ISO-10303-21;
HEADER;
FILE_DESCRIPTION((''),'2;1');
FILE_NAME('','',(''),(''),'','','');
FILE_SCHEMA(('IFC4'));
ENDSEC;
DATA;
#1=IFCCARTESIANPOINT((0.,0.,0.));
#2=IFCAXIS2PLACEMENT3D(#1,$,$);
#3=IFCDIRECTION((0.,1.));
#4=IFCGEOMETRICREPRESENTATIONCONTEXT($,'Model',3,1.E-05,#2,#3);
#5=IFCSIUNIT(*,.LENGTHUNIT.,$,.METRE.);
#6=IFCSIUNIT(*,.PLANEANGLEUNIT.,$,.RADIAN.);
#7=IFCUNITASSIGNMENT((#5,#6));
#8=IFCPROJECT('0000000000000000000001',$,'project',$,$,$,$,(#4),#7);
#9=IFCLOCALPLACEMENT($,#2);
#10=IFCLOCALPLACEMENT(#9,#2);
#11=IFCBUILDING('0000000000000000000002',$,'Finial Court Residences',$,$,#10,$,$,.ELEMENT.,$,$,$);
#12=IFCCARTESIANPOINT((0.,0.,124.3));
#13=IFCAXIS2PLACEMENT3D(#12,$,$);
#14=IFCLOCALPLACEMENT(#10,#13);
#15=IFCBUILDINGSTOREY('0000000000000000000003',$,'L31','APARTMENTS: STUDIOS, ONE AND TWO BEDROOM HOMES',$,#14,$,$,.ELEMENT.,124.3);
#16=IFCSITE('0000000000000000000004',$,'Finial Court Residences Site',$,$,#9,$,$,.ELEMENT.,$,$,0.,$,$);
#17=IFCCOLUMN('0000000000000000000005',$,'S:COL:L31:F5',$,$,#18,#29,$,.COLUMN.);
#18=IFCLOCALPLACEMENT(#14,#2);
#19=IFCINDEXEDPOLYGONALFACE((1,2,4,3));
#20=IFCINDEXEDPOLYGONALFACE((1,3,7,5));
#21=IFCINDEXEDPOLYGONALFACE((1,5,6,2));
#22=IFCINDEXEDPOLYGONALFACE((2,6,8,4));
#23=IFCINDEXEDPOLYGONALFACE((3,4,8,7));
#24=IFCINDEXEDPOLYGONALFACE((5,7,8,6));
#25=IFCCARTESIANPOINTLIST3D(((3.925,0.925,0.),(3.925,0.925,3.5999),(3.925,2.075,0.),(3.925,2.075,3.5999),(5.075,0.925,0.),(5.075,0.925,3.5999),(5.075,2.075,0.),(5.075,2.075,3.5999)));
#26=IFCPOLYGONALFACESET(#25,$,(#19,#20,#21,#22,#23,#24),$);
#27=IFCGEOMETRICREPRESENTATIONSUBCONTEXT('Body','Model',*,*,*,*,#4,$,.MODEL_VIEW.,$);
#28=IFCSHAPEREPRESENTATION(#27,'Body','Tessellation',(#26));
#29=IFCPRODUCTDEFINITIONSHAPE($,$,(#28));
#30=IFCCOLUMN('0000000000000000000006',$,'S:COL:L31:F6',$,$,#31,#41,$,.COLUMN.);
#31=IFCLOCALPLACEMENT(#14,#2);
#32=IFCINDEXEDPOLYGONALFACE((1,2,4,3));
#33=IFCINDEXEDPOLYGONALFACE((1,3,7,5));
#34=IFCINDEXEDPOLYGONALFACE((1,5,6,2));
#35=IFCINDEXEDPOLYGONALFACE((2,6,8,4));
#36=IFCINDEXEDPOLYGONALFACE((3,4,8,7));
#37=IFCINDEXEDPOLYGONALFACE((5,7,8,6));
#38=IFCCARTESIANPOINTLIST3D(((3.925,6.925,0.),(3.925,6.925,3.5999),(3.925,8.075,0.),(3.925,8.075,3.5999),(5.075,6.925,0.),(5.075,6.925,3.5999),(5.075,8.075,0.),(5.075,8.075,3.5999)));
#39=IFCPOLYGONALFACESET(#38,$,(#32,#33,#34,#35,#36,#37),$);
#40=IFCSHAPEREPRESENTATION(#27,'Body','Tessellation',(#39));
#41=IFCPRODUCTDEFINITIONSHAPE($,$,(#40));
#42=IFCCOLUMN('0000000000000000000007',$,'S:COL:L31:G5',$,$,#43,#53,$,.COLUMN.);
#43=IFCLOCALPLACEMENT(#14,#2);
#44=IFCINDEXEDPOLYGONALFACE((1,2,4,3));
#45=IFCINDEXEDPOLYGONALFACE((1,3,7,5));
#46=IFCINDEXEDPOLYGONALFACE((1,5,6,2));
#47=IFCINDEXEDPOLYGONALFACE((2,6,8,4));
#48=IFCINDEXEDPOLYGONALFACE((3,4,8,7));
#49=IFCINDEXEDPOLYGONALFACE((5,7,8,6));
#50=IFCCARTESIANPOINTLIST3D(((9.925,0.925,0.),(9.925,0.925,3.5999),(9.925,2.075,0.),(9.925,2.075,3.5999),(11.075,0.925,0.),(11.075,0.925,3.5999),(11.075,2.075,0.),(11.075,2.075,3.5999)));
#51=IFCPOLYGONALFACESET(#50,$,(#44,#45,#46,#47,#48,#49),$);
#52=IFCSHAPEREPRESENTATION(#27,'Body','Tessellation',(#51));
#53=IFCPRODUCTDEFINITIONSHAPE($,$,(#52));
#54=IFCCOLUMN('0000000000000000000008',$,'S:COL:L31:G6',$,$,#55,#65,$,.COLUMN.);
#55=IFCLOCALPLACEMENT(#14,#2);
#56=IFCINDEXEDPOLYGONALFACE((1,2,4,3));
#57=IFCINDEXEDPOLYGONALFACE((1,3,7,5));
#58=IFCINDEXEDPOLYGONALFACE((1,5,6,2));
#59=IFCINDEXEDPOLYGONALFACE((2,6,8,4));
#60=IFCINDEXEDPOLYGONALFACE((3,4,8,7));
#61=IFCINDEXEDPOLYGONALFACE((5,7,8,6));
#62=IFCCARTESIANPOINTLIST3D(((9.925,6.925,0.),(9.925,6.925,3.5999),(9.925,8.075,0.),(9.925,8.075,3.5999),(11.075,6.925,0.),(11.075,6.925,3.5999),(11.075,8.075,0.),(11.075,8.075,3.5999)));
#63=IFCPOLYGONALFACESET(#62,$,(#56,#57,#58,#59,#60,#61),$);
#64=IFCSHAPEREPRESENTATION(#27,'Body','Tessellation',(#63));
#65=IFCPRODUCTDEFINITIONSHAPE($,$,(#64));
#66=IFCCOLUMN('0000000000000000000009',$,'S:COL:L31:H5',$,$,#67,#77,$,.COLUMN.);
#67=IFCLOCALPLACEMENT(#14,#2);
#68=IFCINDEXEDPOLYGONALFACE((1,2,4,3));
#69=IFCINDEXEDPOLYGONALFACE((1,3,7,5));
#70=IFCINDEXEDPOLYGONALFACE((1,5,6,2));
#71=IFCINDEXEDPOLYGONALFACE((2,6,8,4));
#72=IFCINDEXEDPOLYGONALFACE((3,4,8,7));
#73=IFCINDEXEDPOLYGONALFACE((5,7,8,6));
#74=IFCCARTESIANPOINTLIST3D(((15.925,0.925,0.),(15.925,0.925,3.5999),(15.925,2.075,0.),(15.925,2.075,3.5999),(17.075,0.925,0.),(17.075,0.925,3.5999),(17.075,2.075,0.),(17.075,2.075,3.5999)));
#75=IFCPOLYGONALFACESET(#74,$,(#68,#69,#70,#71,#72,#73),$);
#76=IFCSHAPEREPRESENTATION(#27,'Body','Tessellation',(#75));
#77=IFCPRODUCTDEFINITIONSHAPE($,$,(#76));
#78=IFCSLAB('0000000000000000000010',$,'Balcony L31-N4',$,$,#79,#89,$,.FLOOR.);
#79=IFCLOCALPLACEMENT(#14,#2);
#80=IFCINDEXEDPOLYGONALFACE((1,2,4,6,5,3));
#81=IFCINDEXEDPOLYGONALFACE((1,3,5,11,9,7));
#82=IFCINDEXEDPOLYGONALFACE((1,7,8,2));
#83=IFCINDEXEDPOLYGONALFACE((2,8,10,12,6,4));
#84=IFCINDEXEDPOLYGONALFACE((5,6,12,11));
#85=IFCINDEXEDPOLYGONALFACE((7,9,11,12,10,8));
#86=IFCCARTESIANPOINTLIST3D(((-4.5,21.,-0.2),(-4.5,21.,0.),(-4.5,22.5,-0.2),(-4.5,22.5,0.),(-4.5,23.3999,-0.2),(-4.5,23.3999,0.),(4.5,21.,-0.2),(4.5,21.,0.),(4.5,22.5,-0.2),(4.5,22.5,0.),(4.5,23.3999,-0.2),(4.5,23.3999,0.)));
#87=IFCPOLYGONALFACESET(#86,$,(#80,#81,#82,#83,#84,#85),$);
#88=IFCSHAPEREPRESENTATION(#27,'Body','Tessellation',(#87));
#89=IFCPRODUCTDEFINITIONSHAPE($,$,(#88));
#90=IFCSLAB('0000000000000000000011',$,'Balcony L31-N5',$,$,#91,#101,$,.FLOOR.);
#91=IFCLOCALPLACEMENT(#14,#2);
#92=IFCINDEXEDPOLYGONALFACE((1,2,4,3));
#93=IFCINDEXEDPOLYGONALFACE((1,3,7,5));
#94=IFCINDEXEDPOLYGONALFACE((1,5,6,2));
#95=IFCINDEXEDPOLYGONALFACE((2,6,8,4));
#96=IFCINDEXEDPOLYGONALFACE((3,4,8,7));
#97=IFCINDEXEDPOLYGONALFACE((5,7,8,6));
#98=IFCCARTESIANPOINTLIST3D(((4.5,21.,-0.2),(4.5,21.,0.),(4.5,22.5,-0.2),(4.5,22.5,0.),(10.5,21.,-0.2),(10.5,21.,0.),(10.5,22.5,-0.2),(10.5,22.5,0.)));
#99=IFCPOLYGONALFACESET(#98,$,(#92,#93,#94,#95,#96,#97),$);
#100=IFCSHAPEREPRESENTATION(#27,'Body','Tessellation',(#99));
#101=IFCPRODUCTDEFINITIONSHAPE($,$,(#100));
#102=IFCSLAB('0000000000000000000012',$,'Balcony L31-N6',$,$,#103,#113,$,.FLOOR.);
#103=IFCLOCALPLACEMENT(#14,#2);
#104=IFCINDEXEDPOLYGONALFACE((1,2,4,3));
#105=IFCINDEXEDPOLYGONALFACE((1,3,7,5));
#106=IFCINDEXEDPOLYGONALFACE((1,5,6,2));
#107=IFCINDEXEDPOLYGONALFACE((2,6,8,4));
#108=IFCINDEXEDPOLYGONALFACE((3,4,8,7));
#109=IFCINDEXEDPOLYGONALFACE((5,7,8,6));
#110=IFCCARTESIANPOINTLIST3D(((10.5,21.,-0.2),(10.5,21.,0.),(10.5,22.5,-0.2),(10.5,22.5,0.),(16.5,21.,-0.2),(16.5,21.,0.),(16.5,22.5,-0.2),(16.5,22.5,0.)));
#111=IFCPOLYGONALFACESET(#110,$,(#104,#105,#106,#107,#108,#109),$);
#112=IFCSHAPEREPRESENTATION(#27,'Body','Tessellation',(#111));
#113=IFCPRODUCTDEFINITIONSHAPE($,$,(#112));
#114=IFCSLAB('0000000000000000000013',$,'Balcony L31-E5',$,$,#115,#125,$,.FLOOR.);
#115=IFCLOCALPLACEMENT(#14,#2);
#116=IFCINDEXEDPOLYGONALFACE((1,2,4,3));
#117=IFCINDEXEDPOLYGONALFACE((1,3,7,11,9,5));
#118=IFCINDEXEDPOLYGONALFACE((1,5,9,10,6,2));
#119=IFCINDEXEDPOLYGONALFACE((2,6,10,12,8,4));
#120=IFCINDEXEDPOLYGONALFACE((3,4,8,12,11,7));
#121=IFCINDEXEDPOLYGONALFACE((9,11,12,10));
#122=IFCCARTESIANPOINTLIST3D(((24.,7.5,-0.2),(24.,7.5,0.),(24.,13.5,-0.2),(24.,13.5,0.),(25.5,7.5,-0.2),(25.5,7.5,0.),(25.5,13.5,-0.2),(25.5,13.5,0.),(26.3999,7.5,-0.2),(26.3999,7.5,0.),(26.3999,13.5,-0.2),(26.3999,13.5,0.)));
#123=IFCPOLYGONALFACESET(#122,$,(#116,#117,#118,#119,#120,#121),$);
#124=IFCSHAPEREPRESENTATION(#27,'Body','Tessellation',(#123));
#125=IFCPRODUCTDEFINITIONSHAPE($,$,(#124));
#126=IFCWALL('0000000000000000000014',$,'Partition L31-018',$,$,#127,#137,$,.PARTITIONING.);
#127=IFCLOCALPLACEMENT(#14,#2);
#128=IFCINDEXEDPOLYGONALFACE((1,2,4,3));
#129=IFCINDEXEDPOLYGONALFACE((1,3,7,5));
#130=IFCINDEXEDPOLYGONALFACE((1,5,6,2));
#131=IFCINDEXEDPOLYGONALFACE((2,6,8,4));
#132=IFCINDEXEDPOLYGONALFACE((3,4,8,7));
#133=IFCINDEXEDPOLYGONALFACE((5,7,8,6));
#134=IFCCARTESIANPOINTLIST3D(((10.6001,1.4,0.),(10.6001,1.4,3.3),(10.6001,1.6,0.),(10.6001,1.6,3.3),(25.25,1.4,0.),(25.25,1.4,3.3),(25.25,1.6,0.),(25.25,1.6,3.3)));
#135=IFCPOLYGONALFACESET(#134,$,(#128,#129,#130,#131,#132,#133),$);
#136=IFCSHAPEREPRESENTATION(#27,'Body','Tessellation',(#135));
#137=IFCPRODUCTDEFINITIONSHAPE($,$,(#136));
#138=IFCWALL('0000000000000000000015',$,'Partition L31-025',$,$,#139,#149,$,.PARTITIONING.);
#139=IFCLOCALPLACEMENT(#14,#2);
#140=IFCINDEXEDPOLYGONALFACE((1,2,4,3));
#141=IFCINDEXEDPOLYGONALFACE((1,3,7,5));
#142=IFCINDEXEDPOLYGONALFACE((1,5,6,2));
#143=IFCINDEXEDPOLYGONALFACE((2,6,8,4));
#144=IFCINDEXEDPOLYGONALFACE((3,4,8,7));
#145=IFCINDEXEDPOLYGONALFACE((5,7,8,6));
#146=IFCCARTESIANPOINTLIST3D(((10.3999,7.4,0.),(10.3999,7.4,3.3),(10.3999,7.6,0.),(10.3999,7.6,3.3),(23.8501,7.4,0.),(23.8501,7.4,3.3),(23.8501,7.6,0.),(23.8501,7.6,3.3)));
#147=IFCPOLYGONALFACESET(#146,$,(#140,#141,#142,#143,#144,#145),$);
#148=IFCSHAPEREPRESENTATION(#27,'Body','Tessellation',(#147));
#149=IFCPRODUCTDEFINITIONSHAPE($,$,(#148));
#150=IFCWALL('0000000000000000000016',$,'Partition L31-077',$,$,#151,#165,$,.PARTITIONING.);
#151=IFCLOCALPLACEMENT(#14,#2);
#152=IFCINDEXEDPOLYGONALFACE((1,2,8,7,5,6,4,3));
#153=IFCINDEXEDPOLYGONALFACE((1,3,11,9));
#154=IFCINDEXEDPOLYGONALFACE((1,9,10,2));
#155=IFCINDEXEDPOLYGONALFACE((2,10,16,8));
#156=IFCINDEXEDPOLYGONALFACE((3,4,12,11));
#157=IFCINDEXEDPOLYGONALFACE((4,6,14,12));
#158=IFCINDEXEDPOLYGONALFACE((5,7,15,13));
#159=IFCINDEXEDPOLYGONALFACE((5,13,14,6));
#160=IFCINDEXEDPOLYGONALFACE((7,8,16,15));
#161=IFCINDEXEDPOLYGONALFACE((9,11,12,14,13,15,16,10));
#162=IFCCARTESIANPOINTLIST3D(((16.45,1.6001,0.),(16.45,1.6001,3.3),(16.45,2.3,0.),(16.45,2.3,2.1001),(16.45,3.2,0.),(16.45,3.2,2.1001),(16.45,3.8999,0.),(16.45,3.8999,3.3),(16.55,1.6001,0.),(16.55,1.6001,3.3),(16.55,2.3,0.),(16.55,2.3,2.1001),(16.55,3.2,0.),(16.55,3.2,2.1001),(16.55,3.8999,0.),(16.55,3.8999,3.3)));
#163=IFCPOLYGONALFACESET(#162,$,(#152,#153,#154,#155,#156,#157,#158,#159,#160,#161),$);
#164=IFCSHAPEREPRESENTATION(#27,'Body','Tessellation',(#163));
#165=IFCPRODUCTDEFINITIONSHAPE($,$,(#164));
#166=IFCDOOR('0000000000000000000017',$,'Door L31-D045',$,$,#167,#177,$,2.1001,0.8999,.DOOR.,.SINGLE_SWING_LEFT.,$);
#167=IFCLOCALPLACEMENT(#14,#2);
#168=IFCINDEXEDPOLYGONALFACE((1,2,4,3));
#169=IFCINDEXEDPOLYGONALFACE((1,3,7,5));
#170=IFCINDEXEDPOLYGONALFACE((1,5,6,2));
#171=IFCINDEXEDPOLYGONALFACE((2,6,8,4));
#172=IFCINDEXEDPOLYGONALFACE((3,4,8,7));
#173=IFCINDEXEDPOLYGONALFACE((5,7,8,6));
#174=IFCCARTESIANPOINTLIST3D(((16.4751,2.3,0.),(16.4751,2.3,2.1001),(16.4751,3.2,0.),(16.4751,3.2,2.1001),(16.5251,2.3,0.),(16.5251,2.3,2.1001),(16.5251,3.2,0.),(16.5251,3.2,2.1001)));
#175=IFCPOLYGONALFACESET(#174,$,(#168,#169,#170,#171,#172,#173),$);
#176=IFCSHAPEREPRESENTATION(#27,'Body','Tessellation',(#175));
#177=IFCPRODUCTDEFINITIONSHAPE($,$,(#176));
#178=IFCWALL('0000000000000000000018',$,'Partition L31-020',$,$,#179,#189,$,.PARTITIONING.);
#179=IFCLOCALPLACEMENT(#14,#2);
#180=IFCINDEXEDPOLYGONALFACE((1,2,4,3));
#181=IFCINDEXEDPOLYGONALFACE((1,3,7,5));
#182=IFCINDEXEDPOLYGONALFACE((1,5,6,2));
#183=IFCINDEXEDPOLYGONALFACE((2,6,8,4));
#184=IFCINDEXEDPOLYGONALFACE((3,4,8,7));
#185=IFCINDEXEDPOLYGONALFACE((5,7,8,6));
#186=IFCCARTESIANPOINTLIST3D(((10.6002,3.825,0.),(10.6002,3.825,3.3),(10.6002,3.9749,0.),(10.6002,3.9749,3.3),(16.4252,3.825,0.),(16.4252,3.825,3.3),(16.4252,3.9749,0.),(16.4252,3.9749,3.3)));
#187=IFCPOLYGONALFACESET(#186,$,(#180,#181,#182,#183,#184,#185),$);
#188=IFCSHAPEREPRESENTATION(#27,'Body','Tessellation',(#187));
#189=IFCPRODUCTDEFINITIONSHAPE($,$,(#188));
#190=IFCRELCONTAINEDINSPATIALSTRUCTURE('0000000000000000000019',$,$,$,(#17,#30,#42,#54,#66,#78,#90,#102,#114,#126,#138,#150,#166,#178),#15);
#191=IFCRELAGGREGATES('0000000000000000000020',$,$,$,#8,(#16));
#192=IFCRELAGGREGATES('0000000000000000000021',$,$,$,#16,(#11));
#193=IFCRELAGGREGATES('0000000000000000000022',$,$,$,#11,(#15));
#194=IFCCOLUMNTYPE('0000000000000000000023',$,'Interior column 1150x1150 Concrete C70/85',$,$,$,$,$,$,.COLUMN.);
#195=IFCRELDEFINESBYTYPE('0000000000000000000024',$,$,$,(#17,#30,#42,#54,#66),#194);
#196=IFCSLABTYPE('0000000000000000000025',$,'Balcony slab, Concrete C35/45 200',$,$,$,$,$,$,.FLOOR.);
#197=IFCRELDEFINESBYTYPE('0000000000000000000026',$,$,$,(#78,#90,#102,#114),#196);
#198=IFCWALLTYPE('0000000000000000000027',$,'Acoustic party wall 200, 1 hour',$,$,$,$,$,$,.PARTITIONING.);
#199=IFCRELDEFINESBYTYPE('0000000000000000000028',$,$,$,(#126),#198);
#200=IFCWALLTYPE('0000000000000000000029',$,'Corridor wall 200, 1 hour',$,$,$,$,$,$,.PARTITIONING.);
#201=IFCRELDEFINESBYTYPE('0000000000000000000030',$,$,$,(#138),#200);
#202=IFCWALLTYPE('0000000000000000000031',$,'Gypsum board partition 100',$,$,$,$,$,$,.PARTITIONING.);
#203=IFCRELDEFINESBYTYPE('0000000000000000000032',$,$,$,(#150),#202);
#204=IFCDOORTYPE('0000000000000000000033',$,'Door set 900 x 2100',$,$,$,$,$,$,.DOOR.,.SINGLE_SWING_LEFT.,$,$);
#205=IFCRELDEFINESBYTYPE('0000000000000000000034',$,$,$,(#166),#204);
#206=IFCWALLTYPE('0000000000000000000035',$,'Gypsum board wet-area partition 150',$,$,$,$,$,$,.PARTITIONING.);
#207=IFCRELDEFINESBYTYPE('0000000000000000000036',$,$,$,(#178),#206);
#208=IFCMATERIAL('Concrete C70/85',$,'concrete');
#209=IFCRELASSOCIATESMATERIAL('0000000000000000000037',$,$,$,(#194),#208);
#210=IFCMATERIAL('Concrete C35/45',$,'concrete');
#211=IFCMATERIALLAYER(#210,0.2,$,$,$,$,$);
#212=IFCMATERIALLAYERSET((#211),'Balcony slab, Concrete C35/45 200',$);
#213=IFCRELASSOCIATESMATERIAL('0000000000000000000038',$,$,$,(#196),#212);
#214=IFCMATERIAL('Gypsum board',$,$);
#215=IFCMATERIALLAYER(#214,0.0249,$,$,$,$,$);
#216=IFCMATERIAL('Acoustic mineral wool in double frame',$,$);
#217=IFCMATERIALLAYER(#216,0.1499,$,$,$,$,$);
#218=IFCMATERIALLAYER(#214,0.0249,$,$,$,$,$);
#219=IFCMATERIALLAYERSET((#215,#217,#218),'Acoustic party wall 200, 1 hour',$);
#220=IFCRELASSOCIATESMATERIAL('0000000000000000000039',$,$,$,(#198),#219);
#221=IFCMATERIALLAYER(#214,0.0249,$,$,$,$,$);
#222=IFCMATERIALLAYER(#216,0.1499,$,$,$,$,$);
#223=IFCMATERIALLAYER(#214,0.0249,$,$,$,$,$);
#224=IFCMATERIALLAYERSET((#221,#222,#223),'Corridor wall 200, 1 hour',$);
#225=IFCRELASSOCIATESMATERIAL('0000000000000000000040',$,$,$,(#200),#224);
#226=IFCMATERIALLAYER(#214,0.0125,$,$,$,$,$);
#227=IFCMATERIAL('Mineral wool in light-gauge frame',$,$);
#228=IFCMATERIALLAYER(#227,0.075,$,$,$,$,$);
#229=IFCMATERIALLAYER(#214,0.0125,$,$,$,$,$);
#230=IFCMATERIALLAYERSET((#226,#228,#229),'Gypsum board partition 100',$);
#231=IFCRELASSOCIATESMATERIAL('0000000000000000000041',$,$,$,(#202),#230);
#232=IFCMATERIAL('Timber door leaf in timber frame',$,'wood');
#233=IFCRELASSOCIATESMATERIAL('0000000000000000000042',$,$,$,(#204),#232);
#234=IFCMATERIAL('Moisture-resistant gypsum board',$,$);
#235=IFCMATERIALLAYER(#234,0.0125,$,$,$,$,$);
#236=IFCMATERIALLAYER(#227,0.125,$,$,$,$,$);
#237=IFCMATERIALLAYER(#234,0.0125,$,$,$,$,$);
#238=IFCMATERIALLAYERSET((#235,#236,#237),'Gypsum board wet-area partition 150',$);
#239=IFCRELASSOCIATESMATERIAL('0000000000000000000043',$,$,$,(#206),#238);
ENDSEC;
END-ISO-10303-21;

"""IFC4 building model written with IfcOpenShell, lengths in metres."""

from ifc_helpers import new_model, si_unit, direction, frame, frame_2d, origin, origin_2d, place, context, subcontext, project, spatial, polyline, rectangle, outline, extrude, material, layer, layer_set, material_profile, profile_set, type_object, element, fill, save


model = new_model("IFC4")

# Units and contexts
model_context = context("Model", 3, precision=1e-05, world=origin(), true_north=direction((0.0, 1.0)))
body_context = subcontext(model_context, "Body", "Model", "MODEL_VIEW")
ifc_project = project(units=[si_unit("LENGTHUNIT", "METRE"), si_unit("PLANEANGLEUNIT", "RADIAN")], contexts=[model_context])

# Site, building, storey
site_placement = place(None, origin())
site = spatial("IfcSite", under=ifc_project, at=site_placement, Name="Finial Court Residences Site", CompositionType="ELEMENT", RefElevation=0.0)
building_placement = place(site_placement, origin())
building = spatial("IfcBuilding", under=site, at=building_placement, Name="Finial Court Residences", CompositionType="ELEMENT")
storey_placement = place(building_placement, frame((0.0, 0.0, 124.3)))
storey = spatial("IfcBuildingStorey", under=building, at=storey_placement, Name="L31", Description="APARTMENTS: STUDIOS, ONE AND TWO BEDROOM HOMES", CompositionType="ELEMENT", Elevation=124.3)

# Columns
ifc_material_1 = material(Name="Concrete C70/85", Category="concrete")
ifc_material_profile = material_profile(ifc_material_1, rectangle(XDim=1.1499, YDim=1.1499, at=origin_2d()), Name="1150x1150")
ifc_profile_set = profile_set([ifc_material_profile], Name="Concrete C70/85")
column_type = type_object("IfcColumnType", Name="Interior column 1150x1150 Concrete C70/85", PredefinedType="COLUMN", material=ifc_profile_set)
for number, where, z_axis, x_axis, name in (
    (1, (4.5, 1.5, 0.0), (0.0, 0.0, 1.0), (1.0, 0.0, 0.0), "S:COL:L31:F5"),
    (2, (4.5, 7.5, 0.0), (0.0, 0.0, 1.0), (1.0, 0.0, 0.0), "S:COL:L31:F6"),
    (3, (10.5, 1.5, 0.0), (0.0, 0.0, 1.0), (1.0, 0.0, 0.0), "S:COL:L31:G5"),
    (4, (10.5, 7.5, 0.0), (0.0, 0.0, 1.0), (1.0, 0.0, 0.0), "S:COL:L31:G6"),
    (5, (16.5, 1.5, 0.0), (0.0, 0.0, 1.0), (1.0, 0.0, 0.0), "S:COL:L31:H5"),
):
    element("IfcColumn", number, at=place(storey_placement, frame(where, z_axis=z_axis, x_axis=x_axis)), inside=storey, type_object=column_type, Name=name, PredefinedType="COLUMN", context=body_context, shape_type="SweptSolid", body=[
        extrude(rectangle(XDim=1.1499, YDim=1.1499, at=origin_2d()), origin(), (0.0, 0.0, 1.0), 3.5999),
    ])

# Slabs
ifc_material_2 = material(Name="Concrete C35/45", Category="concrete")
ifc_layer_1 = layer(ifc_material_2, 0.2)
ifc_layer_set_1 = layer_set([ifc_layer_1], Name="Balcony slab, Concrete C35/45 200")
slab_type = type_object("IfcSlabType", Name="Balcony slab, Concrete C35/45 200", PredefinedType="FLOOR", material=ifc_layer_set_1)
slab_1_placement = place(storey_placement, frame((0.0, 0.0, -0.2)))
element("IfcSlab", 6, at=slab_1_placement, inside=storey, type_object=slab_type, Name="Balcony L31-N4", PredefinedType="FLOOR", context=body_context, shape_type="SweptSolid", body=[
    extrude(outline(polyline([(-4.5, 22.5), (-4.5, 23.3999), (4.5, 23.3999), (4.5, 22.5), (4.5, 21.0), (-4.5, 21.0), (-4.5, 22.5)])), origin(), (0.0, 0.0, 1.0), 0.2),
])
slab_2_placement = place(storey_placement, frame((0.0, 0.0, -0.2)))
element("IfcSlab", 7, at=slab_2_placement, inside=storey, type_object=slab_type, Name="Balcony L31-N5", PredefinedType="FLOOR", context=body_context, shape_type="SweptSolid", body=[
    extrude(outline(polyline([(10.5, 21.0), (10.5, 22.5), (4.5, 22.5), (4.5, 21.0), (10.5, 21.0)])), origin(), (0.0, 0.0, 1.0), 0.2),
])
slab_3_placement = place(storey_placement, frame((0.0, 0.0, -0.2)))
element("IfcSlab", 8, at=slab_3_placement, inside=storey, type_object=slab_type, Name="Balcony L31-N6", PredefinedType="FLOOR", context=body_context, shape_type="SweptSolid", body=[
    extrude(outline(polyline([(16.5, 21.0), (16.5, 22.5), (10.5, 22.5), (10.5, 21.0), (16.5, 21.0)])), origin(), (0.0, 0.0, 1.0), 0.2),
])
slab_4_placement = place(storey_placement, frame((0.0, 0.0, -0.2)))
element("IfcSlab", 9, at=slab_4_placement, inside=storey, type_object=slab_type, Name="Balcony L31-E5", PredefinedType="FLOOR", context=body_context, shape_type="SweptSolid", body=[
    extrude(outline(polyline([(24.0, 13.5), (25.5, 13.5), (26.3999, 13.5), (26.3999, 7.5), (25.5, 7.5), (24.0, 7.5), (24.0, 13.5)])), origin(), (0.0, 0.0, 1.0), 0.2),
])

# Walls
ifc_material_3 = material(Name="Gypsum board")
ifc_layer_2 = layer(ifc_material_3, 0.0249)
ifc_material_4 = material(Name="Acoustic mineral wool in double frame")
ifc_layer_3 = layer(ifc_material_4, 0.1499)
ifc_layer_4 = layer(ifc_material_3, 0.0249)
ifc_layer_set_2 = layer_set([ifc_layer_2, ifc_layer_3, ifc_layer_4], Name="Acoustic party wall 200, 1 hour")
wall_type_1 = type_object("IfcWallType", Name="Acoustic party wall 200, 1 hour", PredefinedType="PARTITIONING", material=ifc_layer_set_2)
wall_1_placement = place(storey_placement, frame((10.6001, 1.5, 0.0), z_axis=(0.0, 0.0, 1.0), x_axis=(1.0, 0.0, 0.0)))
element("IfcWall", 10, at=wall_1_placement, inside=storey, type_object=wall_type_1, Name="Partition L31-018", PredefinedType="PARTITIONING", context=body_context, shape_type="SweptSolid", body=[
    extrude(rectangle(XDim=14.6499, YDim=0.2, at=frame_2d((7.325, 0.0))), origin(), (0.0, 0.0, 1.0), 3.3),
])
ifc_layer_5 = layer(ifc_material_3, 0.0249)
ifc_layer_6 = layer(ifc_material_4, 0.1499)
ifc_layer_7 = layer(ifc_material_3, 0.0249)
ifc_layer_set_3 = layer_set([ifc_layer_5, ifc_layer_6, ifc_layer_7], Name="Corridor wall 200, 1 hour")
wall_type_2 = type_object("IfcWallType", Name="Corridor wall 200, 1 hour", PredefinedType="PARTITIONING", material=ifc_layer_set_3)
wall_2_placement = place(storey_placement, frame((10.3999, 7.5, 0.0), z_axis=(0.0, 0.0, 1.0), x_axis=(1.0, 0.0, 0.0)))
element("IfcWall", 11, at=wall_2_placement, inside=storey, type_object=wall_type_2, Name="Partition L31-025", PredefinedType="PARTITIONING", context=body_context, shape_type="SweptSolid", body=[
    extrude(rectangle(XDim=13.4502, YDim=0.2, at=frame_2d((6.7251, 0.0))), origin(), (0.0, 0.0, 1.0), 3.3),
])

# Wall, opening, door
ifc_layer_8 = layer(ifc_material_3, 0.0125)
ifc_material_5 = material(Name="Mineral wool in light-gauge frame")
ifc_layer_9 = layer(ifc_material_5, 0.075)
ifc_layer_10 = layer(ifc_material_3, 0.0125)
ifc_layer_set_4 = layer_set([ifc_layer_8, ifc_layer_9, ifc_layer_10], Name="Gypsum board partition 100")
wall_type_3 = type_object("IfcWallType", Name="Gypsum board partition 100", PredefinedType="PARTITIONING", material=ifc_layer_set_4)
wall_3_placement = place(storey_placement, frame((16.5, 1.6001, 0.0), z_axis=(0.0, 0.0, 1.0), x_axis=(0.0, 1.0, 0.0)))
wall_3 = element("IfcWall", 12, at=wall_3_placement, inside=storey, type_object=wall_type_3, Name="Partition L31-077", PredefinedType="PARTITIONING", context=body_context, shape_type="SweptSolid", body=[
    extrude(rectangle(XDim=2.2998, YDim=0.1001, at=frame_2d((1.1499, 0.0))), origin(), (0.0, 0.0, 1.0), 3.3),
])
opening_1_placement = place(wall_3_placement, frame((0.7, 0.0, 0.0)))
opening_1 = element("IfcOpeningElement", 13, at=opening_1_placement, cuts=wall_3, PredefinedType="OPENING", context=body_context, shape_type="SweptSolid", body=[
    extrude(rectangle(XDim=0.8999, YDim=2.1001, at=frame_2d((0.45, 1.05))), frame((0.0, 0.0601, 0.0), z_axis=(0.0, -1.0, 0.0), x_axis=(1.0, 0.0, 0.0)), (0.0, 0.0, 1.0), 0.1201),
])
ifc_material_6 = material(Name="Timber door leaf in timber frame", Category="wood")
door_type = type_object("IfcDoorType", Name="Door set 900 x 2100", OperationType="SINGLE_SWING_LEFT", PredefinedType="DOOR", material=ifc_material_6)
door_1_placement = place(opening_1_placement, origin())
door_1 = element("IfcDoor", 14, at=door_1_placement, inside=storey, type_object=door_type, Name="Door L31-D045", OperationType="SINGLE_SWING_LEFT", OverallHeight=2.1001, OverallWidth=0.8999, PredefinedType="DOOR", context=body_context, shape_type="SweptSolid", body=[
    extrude(rectangle(XDim=0.8999, YDim=2.1001, at=frame_2d((0.45, 1.05))), frame((0.0, 0.0249, 0.0), z_axis=(0.0, -1.0, 0.0), x_axis=(1.0, 0.0, 0.0)), (0.0, 0.0, 1.0), 0.05),
])
fill(opening_1, door_1)

# Wall
ifc_material_7 = material(Name="Moisture-resistant gypsum board")
ifc_layer_11 = layer(ifc_material_7, 0.0125)
ifc_layer_12 = layer(ifc_material_5, 0.125)
ifc_layer_13 = layer(ifc_material_7, 0.0125)
ifc_layer_set_5 = layer_set([ifc_layer_11, ifc_layer_12, ifc_layer_13], Name="Gypsum board wet-area partition 150")
wall_type_4 = type_object("IfcWallType", Name="Gypsum board wet-area partition 150", PredefinedType="PARTITIONING", material=ifc_layer_set_5)
wall_4_placement = place(storey_placement, frame((10.6001, 3.8999, 0.0), z_axis=(0.0, 0.0, 1.0), x_axis=(1.0, 0.0, 0.0)))
element("IfcWall", 15, at=wall_4_placement, inside=storey, type_object=wall_type_4, Name="Partition L31-020", PredefinedType="PARTITIONING", context=body_context, shape_type="SweptSolid", body=[
    extrude(rectangle(XDim=5.825, YDim=0.1499, at=frame_2d((2.9126, 0.0))), origin(), (0.0, 0.0, 1.0), 3.3),
])

save(model, "model.ifc")
